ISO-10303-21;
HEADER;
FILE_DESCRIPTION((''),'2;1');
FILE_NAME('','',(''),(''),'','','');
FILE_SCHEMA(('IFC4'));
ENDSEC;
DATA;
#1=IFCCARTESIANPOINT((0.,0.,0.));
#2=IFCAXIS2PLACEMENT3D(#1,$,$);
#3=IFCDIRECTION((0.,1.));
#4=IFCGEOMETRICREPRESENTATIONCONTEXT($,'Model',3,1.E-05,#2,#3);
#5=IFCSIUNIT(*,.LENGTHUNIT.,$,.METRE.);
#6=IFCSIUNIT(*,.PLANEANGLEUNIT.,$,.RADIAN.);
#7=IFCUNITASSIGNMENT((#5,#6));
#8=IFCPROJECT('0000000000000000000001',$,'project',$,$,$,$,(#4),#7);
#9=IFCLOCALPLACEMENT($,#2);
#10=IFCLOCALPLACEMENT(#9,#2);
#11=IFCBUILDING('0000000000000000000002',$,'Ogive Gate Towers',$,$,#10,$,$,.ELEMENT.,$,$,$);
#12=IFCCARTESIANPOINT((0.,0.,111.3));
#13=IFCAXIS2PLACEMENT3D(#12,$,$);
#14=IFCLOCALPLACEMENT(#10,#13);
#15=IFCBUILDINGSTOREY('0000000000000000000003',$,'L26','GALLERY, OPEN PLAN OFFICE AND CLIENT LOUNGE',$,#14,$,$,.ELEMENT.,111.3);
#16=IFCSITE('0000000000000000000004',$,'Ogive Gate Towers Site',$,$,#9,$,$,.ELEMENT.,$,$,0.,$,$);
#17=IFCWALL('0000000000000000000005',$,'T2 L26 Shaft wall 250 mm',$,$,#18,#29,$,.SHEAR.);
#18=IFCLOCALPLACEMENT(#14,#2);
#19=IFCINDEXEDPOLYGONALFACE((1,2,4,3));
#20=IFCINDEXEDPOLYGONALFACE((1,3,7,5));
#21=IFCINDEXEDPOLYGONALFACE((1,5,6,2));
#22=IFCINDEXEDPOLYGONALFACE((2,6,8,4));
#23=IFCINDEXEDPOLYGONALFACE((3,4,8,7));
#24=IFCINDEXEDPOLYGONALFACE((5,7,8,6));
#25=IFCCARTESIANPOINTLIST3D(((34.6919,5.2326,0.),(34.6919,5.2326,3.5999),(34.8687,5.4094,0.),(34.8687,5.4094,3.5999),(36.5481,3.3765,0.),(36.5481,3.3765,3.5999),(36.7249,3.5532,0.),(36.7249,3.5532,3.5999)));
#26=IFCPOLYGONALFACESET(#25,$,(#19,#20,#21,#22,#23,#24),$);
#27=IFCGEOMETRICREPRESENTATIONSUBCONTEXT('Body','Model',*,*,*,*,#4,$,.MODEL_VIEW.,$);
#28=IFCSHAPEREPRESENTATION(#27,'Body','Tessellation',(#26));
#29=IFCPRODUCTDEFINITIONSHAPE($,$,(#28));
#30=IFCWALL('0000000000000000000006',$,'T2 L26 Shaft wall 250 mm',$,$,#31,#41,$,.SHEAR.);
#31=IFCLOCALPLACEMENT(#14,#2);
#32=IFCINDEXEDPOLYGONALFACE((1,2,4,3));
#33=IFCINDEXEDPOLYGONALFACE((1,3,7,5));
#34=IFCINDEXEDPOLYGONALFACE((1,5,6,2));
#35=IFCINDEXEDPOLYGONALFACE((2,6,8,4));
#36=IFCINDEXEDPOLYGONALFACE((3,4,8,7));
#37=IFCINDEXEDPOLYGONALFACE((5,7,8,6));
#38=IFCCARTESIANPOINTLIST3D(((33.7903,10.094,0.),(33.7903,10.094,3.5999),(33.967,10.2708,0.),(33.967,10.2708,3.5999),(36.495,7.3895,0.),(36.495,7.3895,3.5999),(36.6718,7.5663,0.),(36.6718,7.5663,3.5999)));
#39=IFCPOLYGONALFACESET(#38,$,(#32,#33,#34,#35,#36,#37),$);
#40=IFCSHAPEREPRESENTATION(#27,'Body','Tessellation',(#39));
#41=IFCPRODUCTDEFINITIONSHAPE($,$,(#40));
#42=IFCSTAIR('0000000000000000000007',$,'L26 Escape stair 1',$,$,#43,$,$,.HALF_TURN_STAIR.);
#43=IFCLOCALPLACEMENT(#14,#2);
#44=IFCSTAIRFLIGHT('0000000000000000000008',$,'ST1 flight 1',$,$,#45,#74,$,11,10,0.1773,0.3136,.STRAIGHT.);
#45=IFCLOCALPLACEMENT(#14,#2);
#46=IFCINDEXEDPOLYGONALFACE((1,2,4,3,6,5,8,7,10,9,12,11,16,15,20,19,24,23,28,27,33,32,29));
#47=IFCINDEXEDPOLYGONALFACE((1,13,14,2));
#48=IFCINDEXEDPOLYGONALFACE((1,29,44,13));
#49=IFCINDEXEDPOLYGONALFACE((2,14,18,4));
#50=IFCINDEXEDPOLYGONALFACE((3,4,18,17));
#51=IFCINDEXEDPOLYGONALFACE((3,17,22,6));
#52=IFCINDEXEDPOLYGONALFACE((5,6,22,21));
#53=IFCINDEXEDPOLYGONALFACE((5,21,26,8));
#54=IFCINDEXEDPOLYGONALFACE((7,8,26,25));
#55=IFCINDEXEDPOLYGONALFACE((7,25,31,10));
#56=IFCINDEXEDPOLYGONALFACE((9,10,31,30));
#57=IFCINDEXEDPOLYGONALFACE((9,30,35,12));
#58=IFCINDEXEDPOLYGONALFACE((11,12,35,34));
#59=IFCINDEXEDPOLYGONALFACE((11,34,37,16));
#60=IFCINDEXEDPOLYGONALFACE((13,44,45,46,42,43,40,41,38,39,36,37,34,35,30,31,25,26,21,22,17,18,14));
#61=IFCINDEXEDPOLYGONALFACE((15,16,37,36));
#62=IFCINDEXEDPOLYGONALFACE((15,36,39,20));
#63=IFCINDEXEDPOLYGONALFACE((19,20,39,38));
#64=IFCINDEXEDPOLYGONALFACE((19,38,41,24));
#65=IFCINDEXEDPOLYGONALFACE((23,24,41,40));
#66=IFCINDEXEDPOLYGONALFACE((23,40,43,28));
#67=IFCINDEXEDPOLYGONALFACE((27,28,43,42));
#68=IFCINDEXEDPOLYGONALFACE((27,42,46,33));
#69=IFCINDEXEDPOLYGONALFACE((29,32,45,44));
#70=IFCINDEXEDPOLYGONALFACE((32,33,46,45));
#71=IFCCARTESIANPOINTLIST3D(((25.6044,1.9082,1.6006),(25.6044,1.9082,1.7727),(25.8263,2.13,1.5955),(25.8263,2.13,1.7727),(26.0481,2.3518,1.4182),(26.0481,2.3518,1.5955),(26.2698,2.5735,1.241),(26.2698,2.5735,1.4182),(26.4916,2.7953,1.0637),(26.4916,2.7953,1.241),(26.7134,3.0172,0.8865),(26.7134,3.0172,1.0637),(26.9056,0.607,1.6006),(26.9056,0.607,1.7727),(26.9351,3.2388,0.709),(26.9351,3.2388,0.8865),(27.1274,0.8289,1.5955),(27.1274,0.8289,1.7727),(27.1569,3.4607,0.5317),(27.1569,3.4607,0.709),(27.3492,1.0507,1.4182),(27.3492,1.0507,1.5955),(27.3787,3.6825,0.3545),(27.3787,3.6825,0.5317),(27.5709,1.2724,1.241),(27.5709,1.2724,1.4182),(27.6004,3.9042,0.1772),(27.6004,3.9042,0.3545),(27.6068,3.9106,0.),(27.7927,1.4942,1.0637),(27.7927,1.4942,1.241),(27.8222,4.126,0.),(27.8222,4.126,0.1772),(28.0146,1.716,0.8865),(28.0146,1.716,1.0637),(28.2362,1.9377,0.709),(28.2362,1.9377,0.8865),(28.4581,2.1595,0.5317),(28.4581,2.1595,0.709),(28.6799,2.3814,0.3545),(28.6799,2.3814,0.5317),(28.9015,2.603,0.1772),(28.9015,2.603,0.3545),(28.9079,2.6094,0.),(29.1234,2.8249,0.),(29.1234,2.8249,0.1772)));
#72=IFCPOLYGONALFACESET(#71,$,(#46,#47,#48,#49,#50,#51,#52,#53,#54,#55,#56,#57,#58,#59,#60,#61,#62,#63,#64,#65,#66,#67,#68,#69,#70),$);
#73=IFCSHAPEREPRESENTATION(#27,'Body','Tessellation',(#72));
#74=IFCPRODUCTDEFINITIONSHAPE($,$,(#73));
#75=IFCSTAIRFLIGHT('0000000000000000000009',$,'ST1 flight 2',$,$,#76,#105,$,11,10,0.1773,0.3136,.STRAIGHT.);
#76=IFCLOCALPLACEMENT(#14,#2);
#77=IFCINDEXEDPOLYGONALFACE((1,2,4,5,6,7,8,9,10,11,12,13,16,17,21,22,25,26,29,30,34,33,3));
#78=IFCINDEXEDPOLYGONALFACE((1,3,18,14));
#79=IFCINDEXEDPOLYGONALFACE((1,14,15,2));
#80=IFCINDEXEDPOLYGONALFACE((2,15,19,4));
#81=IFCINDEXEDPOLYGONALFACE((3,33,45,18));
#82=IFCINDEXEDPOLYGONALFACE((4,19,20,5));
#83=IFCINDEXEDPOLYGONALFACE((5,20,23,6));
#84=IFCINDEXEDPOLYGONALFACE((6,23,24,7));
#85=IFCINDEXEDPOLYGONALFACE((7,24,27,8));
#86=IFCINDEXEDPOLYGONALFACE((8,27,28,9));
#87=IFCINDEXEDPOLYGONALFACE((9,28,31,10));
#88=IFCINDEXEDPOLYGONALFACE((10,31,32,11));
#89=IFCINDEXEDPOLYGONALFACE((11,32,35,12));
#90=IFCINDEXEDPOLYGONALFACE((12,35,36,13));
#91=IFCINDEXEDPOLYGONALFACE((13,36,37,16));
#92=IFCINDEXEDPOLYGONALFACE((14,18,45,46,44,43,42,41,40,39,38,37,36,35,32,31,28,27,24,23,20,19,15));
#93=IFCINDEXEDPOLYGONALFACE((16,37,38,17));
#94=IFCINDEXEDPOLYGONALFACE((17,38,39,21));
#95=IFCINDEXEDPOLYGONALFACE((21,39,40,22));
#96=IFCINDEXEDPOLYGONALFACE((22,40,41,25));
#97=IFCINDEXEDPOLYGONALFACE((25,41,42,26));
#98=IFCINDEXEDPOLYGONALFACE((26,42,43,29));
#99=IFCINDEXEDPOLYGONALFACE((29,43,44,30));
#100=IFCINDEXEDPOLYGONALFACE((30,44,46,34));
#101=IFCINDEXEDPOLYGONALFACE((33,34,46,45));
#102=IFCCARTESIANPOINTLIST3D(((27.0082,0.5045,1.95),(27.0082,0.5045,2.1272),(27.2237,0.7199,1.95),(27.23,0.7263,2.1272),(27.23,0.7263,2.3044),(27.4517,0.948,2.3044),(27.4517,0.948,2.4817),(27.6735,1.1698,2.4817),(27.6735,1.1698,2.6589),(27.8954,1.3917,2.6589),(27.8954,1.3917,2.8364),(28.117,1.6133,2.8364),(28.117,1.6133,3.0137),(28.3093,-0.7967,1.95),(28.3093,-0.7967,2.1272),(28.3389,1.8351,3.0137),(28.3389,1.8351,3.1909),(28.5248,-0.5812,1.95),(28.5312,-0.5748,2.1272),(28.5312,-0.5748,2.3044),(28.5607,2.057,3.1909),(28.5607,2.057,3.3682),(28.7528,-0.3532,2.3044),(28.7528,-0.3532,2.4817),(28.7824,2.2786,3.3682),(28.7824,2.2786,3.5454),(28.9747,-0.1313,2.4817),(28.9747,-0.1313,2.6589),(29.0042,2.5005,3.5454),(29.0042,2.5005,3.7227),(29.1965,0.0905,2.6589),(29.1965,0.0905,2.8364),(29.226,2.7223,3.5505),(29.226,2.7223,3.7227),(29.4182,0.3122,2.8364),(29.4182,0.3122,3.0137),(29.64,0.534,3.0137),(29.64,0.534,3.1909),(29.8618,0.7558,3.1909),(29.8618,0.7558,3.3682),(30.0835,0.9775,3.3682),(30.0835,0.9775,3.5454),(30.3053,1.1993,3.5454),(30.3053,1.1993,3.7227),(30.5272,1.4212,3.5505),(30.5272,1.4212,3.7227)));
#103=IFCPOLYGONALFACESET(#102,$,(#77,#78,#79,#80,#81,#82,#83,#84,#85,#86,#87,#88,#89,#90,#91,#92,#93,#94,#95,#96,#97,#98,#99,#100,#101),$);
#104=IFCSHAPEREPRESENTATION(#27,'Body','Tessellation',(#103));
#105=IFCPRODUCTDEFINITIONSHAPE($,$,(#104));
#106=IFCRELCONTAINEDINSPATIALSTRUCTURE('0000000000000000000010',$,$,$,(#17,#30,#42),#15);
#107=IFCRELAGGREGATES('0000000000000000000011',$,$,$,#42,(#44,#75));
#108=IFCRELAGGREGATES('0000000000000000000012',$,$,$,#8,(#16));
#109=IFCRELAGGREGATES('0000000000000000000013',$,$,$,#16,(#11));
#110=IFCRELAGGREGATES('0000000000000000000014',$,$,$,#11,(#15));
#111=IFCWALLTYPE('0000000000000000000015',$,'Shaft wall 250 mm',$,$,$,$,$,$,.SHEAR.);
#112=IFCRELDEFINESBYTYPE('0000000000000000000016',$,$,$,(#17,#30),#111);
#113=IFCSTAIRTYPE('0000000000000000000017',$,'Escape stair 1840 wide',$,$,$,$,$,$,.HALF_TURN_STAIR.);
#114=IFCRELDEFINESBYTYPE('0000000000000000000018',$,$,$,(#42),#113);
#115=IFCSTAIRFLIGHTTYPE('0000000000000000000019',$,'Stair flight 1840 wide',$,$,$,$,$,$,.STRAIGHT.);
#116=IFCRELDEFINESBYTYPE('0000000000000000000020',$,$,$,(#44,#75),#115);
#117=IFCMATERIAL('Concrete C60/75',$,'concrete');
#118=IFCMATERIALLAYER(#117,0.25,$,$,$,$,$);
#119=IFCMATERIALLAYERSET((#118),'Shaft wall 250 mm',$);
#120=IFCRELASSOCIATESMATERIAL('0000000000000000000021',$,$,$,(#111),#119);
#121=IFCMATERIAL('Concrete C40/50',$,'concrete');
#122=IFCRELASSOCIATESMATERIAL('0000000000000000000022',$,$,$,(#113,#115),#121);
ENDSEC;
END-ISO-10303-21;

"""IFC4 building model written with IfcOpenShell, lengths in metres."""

from ifc_helpers import new_model, si_unit, direction, frame, frame_2d, origin, place, context, subcontext, project, spatial, polyline, rectangle, outline, extrude, material, layer, layer_set, type_object, element, aggregate, save


model = new_model("IFC4")

# Units and contexts
model_context = context("Model", 3, precision=1e-05, world=origin(), true_north=direction((0.0, 1.0)))
body_context = subcontext(model_context, "Body", "Model", "MODEL_VIEW")
ifc_project = project(units=[si_unit("LENGTHUNIT", "METRE"), si_unit("PLANEANGLEUNIT", "RADIAN")], contexts=[model_context])

# Site, building, storey
site_placement = place(None, origin())
site = spatial("IfcSite", under=ifc_project, at=site_placement, Name="Ogive Gate Towers Site", CompositionType="ELEMENT", RefElevation=0.0)
building_placement = place(site_placement, origin())
building = spatial("IfcBuilding", under=site, at=building_placement, Name="Ogive Gate Towers", CompositionType="ELEMENT")
storey_placement = place(building_placement, frame((0.0, 0.0, 111.3)))
storey = spatial("IfcBuildingStorey", under=building, at=storey_placement, Name="L26", Description="GALLERY, OPEN PLAN OFFICE AND CLIENT LOUNGE", CompositionType="ELEMENT", Elevation=111.3)

# Shared definitions
ifc_material_1 = material(Name="Concrete C40/50", Category="concrete")

# Shared definitions
ifc_material_2 = material(Name="Concrete C60/75", Category="concrete")

# Shared definitions
ifc_layer_1 = layer(ifc_material_2, 0.25)
ifc_layer_set_1 = layer_set([ifc_layer_1], Name="Shaft wall 250 mm")
wall_type_1 = type_object("IfcWallType", Name="Shaft wall 250 mm", PredefinedType="SHEAR", material=ifc_layer_set_1)

# Walls
wall_1_placement = place(storey_placement, frame((36.6365, 3.4648, 0.0), z_axis=(0.0, 0.0, 1.0), x_axis=(-0.707107, 0.707107, 0.0)))
element("IfcWall", 1, at=wall_1_placement, inside=storey, type_object=wall_type_1, Name="T2 L26 Shaft wall 250 mm", PredefinedType="SHEAR", context=body_context, shape_type="SweptSolid", body=[
    extrude(rectangle(XDim=2.625, YDim=0.25, at=frame_2d((1.3125, 0.0))), origin(), (0.0, 0.0, 1.0), 3.5999),
])
wall_2_placement = place(storey_placement, frame((36.5835, 7.4778, 0.0), z_axis=(0.0, 0.0, 1.0), x_axis=(-0.707139, 0.707075, 0.0)))
element("IfcWall", 2, at=wall_2_placement, inside=storey, type_object=wall_type_1, Name="T2 L26 Shaft wall 250 mm", PredefinedType="SHEAR", context=body_context, shape_type="SweptSolid", body=[
    extrude(rectangle(XDim=3.825, YDim=0.25, at=frame_2d((1.9126, 0.0))), origin(), (0.0, 0.0, 1.0), 3.5999),
])

# Stair, stair flights
stair_type = type_object("IfcStairType", Name="Escape stair 1840 wide", PredefinedType="HALF_TURN_STAIR", material=ifc_material_1)
stair_placement = place(storey_placement, origin())
stair = element("IfcStair", 3, at=stair_placement, inside=storey, type_object=stair_type, Name="L26 Escape stair 1", PredefinedType="HALF_TURN_STAIR")
stair_flight_type = type_object("IfcStairFlightType", Name="Stair flight 1840 wide", PredefinedType="STRAIGHT", material=ifc_material_1)
stair_flight_1_placement = place(storey_placement, frame((28.4729, 3.4753, 0.0), z_axis=(0.0, 0.0, 1.0), x_axis=(-0.707107, -0.707107, 0.0)))
stair_flight_1 = element("IfcStairFlight", 4, at=stair_flight_1_placement, type_object=stair_flight_type, Name="ST1 flight 1", NumberOfRisers=11, NumberOfTreads=10, PredefinedType="STRAIGHT", RiserHeight=0.1773, TreadLength=0.3136, context=body_context, shape_type="SweptSolid", body=[
    extrude(outline(polyline([(0.0, 0.0), (0.0, 0.1772), (0.3137, 0.1772), (0.3137, 0.3545), (0.6272, 0.3545), (0.6272, 0.5317), (0.9409, 0.5317), (0.9409, 0.709), (1.2546, 0.709), (1.2546, 0.8865), (1.5681, 0.8865), (1.5681, 1.0637), (1.8818, 1.0637), (1.8818, 1.241), (2.1956, 1.241), (2.1956, 1.4182), (2.509, 1.4182), (2.509, 1.5955), (2.8228, 1.5955), (2.8228, 1.7727), (3.1365, 1.7727), (3.1365, 1.95), (3.1365, 1.6006), (0.3047, 0.0), (0.0, 0.0)])), frame((0.0, 0.9199, 0.0), z_axis=(0.0, -1.0, 0.0), x_axis=(1.0, 0.0, 0.0)), (0.0, 0.0, 1.0), 1.8401),
])
stair_flight_2_placement = place(storey_placement, frame((27.6587, -0.146, 1.95), z_axis=(0.0, 0.0, 1.0), x_axis=(0.707107, 0.707107, 0.0)))
stair_flight_2 = element("IfcStairFlight", 5, at=stair_flight_2_placement, type_object=stair_flight_type, Name="ST1 flight 2", NumberOfRisers=11, NumberOfTreads=10, PredefinedType="STRAIGHT", RiserHeight=0.1773, TreadLength=0.3136, context=body_context, shape_type="SweptSolid", body=[
    extrude(outline(polyline([(0.0, 0.0), (0.0, 0.1772), (0.3137, 0.1772), (0.3137, 0.3545), (0.6272, 0.3545), (0.6272, 0.5317), (0.9409, 0.5317), (0.9409, 0.709), (1.2546, 0.709), (1.2546, 0.8865), (1.5681, 0.8865), (1.5681, 1.0637), (1.8818, 1.0637), (1.8818, 1.241), (2.1956, 1.241), (2.1956, 1.4182), (2.509, 1.4182), (2.509, 1.5955), (2.8228, 1.5955), (2.8228, 1.7727), (3.1365, 1.7727), (3.1365, 1.95), (3.1365, 1.6006), (0.3047, 0.0), (0.0, 0.0)])), frame((0.0, 0.9199, 0.0), z_axis=(0.0, -1.0, 0.0), x_axis=(1.0, 0.0, 0.0)), (0.0, 0.0, 1.0), 1.8401),
])
aggregate(stair, [stair_flight_1, stair_flight_2])

save(model, "model.ifc")
